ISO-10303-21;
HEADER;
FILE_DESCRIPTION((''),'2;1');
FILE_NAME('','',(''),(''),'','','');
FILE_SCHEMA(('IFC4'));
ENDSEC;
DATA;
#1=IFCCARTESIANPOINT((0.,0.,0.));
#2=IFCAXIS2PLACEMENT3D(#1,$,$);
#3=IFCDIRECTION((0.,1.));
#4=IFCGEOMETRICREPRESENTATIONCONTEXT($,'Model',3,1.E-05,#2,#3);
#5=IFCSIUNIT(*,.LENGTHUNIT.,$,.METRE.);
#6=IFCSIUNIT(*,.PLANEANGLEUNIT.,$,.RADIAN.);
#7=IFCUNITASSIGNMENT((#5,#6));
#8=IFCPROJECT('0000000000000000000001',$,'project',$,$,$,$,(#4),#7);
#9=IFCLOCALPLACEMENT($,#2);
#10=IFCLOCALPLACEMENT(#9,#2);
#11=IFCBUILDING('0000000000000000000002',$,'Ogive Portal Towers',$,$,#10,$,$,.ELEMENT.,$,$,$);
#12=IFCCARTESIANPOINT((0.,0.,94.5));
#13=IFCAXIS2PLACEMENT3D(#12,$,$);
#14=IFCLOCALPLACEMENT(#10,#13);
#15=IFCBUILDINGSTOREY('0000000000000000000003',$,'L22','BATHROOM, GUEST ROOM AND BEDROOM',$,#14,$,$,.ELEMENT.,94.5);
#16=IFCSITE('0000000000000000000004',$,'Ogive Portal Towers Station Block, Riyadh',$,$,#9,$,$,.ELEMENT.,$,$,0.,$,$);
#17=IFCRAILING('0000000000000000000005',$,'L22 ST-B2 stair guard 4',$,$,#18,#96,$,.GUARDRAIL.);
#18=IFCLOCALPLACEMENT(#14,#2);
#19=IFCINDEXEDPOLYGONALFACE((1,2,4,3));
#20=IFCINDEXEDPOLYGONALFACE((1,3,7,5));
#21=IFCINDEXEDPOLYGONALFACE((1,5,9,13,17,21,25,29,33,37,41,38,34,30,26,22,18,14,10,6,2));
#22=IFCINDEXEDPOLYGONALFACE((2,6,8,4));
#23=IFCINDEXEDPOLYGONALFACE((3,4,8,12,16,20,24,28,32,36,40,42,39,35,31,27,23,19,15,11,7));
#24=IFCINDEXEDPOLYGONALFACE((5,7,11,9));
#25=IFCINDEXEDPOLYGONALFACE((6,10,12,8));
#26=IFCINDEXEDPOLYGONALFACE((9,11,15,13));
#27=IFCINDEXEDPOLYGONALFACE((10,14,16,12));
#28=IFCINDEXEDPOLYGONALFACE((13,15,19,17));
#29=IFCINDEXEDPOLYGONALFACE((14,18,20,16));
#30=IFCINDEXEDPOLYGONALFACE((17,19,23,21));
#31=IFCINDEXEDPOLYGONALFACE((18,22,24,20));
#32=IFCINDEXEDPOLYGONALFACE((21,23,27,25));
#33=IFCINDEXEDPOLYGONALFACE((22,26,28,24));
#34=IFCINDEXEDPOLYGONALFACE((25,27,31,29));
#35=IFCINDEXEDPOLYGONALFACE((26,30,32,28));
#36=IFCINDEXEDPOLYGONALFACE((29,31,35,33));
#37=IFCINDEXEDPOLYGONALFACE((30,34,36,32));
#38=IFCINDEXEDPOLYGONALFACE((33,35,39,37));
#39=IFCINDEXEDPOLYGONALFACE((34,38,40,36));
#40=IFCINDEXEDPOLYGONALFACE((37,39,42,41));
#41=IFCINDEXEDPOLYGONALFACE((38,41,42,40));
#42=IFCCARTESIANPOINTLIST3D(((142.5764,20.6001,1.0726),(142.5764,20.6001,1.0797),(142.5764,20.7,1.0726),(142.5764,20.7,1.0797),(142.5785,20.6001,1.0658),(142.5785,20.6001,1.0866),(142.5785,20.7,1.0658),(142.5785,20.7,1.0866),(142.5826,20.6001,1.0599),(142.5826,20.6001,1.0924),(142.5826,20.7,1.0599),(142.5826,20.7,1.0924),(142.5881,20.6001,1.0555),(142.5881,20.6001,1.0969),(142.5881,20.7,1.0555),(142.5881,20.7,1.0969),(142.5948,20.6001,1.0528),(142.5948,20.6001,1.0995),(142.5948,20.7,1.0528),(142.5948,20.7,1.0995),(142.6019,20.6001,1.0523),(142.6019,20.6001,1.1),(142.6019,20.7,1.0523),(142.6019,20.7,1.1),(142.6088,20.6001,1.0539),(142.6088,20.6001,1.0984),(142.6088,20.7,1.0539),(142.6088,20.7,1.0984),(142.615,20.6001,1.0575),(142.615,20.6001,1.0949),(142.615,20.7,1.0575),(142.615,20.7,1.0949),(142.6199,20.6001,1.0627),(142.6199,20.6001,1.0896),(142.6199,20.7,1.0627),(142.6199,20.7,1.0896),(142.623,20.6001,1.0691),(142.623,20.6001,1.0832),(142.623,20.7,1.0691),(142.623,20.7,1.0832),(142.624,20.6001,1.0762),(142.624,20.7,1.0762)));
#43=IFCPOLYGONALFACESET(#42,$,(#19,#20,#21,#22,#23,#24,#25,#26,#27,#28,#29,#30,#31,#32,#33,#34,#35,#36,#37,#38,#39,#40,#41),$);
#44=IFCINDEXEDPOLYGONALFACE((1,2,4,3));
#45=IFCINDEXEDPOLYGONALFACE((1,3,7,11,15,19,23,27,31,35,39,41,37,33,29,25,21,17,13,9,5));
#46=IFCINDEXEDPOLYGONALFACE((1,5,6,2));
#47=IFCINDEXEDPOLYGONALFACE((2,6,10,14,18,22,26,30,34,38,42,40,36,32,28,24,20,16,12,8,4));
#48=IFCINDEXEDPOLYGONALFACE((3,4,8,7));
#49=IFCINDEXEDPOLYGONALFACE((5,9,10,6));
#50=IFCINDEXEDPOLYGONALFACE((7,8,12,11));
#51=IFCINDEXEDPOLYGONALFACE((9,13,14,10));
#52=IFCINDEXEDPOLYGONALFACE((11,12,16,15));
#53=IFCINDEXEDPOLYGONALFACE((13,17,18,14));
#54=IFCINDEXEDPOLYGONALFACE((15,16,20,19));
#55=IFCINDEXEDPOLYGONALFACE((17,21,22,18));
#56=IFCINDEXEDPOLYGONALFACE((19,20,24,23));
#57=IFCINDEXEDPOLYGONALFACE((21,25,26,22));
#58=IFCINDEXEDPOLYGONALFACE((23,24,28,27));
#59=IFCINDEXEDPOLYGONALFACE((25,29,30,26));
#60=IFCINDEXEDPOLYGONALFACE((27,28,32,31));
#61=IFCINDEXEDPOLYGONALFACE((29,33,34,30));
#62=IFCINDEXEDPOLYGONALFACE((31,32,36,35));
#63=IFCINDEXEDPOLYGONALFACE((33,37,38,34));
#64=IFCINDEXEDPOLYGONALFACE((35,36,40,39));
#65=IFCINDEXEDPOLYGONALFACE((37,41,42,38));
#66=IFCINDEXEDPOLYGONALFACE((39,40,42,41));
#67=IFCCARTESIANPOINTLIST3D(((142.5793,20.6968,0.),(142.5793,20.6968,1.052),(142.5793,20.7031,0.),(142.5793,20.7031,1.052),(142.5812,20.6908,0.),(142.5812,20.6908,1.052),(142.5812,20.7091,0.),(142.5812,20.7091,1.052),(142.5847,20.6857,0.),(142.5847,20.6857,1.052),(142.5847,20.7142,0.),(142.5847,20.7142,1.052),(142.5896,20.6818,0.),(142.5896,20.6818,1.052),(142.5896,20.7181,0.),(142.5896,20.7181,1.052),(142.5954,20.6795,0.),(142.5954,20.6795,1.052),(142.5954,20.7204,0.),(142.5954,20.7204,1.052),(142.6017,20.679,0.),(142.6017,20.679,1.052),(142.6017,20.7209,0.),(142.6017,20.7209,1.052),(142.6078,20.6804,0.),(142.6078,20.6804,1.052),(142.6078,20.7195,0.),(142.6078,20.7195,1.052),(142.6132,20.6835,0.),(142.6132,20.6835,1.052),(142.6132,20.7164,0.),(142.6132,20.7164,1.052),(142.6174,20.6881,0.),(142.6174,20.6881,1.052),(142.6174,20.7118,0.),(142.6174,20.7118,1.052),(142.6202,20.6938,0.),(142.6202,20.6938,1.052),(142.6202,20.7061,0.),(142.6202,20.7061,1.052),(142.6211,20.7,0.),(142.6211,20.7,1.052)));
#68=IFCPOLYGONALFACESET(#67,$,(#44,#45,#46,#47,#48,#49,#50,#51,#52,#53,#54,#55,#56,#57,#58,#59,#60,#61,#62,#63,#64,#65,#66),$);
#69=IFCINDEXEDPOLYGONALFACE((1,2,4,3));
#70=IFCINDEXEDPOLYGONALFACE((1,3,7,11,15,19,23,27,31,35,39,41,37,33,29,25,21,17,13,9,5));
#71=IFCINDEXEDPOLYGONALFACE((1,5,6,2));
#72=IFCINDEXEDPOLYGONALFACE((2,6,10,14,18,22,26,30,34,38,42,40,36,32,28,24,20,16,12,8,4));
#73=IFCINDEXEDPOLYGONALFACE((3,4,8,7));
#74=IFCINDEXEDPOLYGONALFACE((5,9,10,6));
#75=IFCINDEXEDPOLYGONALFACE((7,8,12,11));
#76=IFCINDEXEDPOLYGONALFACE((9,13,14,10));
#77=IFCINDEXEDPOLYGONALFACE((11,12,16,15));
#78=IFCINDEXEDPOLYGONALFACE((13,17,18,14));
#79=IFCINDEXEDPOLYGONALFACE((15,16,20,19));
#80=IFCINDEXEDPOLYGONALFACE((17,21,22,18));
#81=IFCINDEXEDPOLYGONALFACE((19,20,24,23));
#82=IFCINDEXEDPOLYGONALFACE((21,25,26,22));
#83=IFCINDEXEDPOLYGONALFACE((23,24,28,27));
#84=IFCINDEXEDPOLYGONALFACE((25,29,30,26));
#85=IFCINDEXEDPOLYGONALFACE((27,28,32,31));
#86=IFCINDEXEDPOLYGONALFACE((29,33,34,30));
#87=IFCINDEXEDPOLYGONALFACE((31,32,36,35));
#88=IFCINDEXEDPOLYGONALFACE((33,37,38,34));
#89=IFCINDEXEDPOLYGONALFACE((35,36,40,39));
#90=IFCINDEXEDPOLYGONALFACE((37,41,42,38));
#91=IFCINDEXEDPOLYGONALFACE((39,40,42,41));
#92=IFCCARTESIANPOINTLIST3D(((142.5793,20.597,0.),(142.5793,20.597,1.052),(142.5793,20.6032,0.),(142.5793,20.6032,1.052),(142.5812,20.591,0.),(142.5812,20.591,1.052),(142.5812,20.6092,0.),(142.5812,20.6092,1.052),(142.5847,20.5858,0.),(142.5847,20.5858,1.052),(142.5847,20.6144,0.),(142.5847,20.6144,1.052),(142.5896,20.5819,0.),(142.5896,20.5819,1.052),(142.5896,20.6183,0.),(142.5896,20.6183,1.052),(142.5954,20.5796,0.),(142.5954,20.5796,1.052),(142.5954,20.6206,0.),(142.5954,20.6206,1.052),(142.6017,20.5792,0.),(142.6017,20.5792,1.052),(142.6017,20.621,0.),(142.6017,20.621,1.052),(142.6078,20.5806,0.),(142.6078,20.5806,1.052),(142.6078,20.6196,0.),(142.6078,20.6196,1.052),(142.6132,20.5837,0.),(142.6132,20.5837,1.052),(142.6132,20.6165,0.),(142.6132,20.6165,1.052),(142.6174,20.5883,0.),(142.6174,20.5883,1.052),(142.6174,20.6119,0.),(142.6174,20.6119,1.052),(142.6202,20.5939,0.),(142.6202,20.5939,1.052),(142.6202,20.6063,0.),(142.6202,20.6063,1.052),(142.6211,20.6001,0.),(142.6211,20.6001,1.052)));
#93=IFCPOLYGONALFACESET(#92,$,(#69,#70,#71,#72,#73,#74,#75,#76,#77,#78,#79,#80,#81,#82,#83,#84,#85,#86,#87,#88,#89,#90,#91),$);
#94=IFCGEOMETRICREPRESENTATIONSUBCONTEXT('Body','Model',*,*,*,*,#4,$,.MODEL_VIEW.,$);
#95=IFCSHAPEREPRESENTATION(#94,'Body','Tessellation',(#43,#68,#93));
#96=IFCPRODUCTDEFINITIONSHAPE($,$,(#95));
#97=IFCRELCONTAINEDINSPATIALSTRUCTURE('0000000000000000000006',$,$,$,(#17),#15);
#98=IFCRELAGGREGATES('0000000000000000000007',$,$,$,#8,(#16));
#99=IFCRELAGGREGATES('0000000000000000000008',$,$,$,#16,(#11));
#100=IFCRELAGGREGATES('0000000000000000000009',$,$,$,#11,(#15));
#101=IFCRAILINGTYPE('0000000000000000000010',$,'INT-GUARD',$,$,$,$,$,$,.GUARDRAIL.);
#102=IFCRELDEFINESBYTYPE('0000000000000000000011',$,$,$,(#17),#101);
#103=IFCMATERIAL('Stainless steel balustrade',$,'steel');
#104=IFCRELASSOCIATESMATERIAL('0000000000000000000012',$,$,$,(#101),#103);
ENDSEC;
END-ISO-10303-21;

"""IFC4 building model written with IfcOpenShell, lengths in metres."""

from ifc_helpers import new_model, si_unit, direction, frame, origin, origin_2d, place, context, subcontext, project, spatial, circle, extrude, material, type_object, element, save


model = new_model("IFC4")

# Units and contexts
model_context = context("Model", 3, precision=1e-05, world=origin(), true_north=direction((0.0, 1.0)))
body_context = subcontext(model_context, "Body", "Model", "MODEL_VIEW")
ifc_project = project(units=[si_unit("LENGTHUNIT", "METRE"), si_unit("PLANEANGLEUNIT", "RADIAN")], contexts=[model_context])

# Site, building, storey
site_placement = place(None, origin())
site = spatial("IfcSite", under=ifc_project, at=site_placement, Name="Ogive Portal Towers Station Block, Riyadh", CompositionType="ELEMENT", RefElevation=0.0)
building_placement = place(site_placement, origin())
building = spatial("IfcBuilding", under=site, at=building_placement, Name="Ogive Portal Towers", CompositionType="ELEMENT")
storey_placement = place(building_placement, frame((0.0, 0.0, 94.5)))
storey = spatial("IfcBuildingStorey", under=building, at=storey_placement, Name="L22", Description="BATHROOM, GUEST ROOM AND BEDROOM", CompositionType="ELEMENT", Elevation=94.5)

# Railing
ifc_material_1 = material(Name="Stainless steel balustrade", Category="steel")
railing_type_1 = type_object("IfcRailingType", Name="INT-GUARD", PredefinedType="GUARDRAIL", material=ifc_material_1)
railing_1_placement = place(storey_placement, frame((142.6001, 20.7, 0.0)))
element("IfcRailing", 1, at=railing_1_placement, inside=storey, type_object=railing_type_1, Name="L22 ST-B2 stair guard 4", PredefinedType="GUARDRAIL", context=body_context, shape_type="SweptSolid", body=[
    extrude(circle(Radius=0.0239, at=origin_2d()), frame((0.0, 0.0, 1.0762), z_axis=(0.0, -1.0, 0.0), x_axis=(1.0, 0.0, 0.0)), (0.0, 0.0, 1.0), 0.0999),
    extrude(circle(Radius=0.021, at=origin_2d()), origin(), (0.0, 0.0, 1.0), 1.052),
    extrude(circle(Radius=0.021, at=origin_2d()), frame((0.0, -0.0999, 0.0)), (0.0, 0.0, 1.0), 1.052),
])

save(model, "model.ifc")
